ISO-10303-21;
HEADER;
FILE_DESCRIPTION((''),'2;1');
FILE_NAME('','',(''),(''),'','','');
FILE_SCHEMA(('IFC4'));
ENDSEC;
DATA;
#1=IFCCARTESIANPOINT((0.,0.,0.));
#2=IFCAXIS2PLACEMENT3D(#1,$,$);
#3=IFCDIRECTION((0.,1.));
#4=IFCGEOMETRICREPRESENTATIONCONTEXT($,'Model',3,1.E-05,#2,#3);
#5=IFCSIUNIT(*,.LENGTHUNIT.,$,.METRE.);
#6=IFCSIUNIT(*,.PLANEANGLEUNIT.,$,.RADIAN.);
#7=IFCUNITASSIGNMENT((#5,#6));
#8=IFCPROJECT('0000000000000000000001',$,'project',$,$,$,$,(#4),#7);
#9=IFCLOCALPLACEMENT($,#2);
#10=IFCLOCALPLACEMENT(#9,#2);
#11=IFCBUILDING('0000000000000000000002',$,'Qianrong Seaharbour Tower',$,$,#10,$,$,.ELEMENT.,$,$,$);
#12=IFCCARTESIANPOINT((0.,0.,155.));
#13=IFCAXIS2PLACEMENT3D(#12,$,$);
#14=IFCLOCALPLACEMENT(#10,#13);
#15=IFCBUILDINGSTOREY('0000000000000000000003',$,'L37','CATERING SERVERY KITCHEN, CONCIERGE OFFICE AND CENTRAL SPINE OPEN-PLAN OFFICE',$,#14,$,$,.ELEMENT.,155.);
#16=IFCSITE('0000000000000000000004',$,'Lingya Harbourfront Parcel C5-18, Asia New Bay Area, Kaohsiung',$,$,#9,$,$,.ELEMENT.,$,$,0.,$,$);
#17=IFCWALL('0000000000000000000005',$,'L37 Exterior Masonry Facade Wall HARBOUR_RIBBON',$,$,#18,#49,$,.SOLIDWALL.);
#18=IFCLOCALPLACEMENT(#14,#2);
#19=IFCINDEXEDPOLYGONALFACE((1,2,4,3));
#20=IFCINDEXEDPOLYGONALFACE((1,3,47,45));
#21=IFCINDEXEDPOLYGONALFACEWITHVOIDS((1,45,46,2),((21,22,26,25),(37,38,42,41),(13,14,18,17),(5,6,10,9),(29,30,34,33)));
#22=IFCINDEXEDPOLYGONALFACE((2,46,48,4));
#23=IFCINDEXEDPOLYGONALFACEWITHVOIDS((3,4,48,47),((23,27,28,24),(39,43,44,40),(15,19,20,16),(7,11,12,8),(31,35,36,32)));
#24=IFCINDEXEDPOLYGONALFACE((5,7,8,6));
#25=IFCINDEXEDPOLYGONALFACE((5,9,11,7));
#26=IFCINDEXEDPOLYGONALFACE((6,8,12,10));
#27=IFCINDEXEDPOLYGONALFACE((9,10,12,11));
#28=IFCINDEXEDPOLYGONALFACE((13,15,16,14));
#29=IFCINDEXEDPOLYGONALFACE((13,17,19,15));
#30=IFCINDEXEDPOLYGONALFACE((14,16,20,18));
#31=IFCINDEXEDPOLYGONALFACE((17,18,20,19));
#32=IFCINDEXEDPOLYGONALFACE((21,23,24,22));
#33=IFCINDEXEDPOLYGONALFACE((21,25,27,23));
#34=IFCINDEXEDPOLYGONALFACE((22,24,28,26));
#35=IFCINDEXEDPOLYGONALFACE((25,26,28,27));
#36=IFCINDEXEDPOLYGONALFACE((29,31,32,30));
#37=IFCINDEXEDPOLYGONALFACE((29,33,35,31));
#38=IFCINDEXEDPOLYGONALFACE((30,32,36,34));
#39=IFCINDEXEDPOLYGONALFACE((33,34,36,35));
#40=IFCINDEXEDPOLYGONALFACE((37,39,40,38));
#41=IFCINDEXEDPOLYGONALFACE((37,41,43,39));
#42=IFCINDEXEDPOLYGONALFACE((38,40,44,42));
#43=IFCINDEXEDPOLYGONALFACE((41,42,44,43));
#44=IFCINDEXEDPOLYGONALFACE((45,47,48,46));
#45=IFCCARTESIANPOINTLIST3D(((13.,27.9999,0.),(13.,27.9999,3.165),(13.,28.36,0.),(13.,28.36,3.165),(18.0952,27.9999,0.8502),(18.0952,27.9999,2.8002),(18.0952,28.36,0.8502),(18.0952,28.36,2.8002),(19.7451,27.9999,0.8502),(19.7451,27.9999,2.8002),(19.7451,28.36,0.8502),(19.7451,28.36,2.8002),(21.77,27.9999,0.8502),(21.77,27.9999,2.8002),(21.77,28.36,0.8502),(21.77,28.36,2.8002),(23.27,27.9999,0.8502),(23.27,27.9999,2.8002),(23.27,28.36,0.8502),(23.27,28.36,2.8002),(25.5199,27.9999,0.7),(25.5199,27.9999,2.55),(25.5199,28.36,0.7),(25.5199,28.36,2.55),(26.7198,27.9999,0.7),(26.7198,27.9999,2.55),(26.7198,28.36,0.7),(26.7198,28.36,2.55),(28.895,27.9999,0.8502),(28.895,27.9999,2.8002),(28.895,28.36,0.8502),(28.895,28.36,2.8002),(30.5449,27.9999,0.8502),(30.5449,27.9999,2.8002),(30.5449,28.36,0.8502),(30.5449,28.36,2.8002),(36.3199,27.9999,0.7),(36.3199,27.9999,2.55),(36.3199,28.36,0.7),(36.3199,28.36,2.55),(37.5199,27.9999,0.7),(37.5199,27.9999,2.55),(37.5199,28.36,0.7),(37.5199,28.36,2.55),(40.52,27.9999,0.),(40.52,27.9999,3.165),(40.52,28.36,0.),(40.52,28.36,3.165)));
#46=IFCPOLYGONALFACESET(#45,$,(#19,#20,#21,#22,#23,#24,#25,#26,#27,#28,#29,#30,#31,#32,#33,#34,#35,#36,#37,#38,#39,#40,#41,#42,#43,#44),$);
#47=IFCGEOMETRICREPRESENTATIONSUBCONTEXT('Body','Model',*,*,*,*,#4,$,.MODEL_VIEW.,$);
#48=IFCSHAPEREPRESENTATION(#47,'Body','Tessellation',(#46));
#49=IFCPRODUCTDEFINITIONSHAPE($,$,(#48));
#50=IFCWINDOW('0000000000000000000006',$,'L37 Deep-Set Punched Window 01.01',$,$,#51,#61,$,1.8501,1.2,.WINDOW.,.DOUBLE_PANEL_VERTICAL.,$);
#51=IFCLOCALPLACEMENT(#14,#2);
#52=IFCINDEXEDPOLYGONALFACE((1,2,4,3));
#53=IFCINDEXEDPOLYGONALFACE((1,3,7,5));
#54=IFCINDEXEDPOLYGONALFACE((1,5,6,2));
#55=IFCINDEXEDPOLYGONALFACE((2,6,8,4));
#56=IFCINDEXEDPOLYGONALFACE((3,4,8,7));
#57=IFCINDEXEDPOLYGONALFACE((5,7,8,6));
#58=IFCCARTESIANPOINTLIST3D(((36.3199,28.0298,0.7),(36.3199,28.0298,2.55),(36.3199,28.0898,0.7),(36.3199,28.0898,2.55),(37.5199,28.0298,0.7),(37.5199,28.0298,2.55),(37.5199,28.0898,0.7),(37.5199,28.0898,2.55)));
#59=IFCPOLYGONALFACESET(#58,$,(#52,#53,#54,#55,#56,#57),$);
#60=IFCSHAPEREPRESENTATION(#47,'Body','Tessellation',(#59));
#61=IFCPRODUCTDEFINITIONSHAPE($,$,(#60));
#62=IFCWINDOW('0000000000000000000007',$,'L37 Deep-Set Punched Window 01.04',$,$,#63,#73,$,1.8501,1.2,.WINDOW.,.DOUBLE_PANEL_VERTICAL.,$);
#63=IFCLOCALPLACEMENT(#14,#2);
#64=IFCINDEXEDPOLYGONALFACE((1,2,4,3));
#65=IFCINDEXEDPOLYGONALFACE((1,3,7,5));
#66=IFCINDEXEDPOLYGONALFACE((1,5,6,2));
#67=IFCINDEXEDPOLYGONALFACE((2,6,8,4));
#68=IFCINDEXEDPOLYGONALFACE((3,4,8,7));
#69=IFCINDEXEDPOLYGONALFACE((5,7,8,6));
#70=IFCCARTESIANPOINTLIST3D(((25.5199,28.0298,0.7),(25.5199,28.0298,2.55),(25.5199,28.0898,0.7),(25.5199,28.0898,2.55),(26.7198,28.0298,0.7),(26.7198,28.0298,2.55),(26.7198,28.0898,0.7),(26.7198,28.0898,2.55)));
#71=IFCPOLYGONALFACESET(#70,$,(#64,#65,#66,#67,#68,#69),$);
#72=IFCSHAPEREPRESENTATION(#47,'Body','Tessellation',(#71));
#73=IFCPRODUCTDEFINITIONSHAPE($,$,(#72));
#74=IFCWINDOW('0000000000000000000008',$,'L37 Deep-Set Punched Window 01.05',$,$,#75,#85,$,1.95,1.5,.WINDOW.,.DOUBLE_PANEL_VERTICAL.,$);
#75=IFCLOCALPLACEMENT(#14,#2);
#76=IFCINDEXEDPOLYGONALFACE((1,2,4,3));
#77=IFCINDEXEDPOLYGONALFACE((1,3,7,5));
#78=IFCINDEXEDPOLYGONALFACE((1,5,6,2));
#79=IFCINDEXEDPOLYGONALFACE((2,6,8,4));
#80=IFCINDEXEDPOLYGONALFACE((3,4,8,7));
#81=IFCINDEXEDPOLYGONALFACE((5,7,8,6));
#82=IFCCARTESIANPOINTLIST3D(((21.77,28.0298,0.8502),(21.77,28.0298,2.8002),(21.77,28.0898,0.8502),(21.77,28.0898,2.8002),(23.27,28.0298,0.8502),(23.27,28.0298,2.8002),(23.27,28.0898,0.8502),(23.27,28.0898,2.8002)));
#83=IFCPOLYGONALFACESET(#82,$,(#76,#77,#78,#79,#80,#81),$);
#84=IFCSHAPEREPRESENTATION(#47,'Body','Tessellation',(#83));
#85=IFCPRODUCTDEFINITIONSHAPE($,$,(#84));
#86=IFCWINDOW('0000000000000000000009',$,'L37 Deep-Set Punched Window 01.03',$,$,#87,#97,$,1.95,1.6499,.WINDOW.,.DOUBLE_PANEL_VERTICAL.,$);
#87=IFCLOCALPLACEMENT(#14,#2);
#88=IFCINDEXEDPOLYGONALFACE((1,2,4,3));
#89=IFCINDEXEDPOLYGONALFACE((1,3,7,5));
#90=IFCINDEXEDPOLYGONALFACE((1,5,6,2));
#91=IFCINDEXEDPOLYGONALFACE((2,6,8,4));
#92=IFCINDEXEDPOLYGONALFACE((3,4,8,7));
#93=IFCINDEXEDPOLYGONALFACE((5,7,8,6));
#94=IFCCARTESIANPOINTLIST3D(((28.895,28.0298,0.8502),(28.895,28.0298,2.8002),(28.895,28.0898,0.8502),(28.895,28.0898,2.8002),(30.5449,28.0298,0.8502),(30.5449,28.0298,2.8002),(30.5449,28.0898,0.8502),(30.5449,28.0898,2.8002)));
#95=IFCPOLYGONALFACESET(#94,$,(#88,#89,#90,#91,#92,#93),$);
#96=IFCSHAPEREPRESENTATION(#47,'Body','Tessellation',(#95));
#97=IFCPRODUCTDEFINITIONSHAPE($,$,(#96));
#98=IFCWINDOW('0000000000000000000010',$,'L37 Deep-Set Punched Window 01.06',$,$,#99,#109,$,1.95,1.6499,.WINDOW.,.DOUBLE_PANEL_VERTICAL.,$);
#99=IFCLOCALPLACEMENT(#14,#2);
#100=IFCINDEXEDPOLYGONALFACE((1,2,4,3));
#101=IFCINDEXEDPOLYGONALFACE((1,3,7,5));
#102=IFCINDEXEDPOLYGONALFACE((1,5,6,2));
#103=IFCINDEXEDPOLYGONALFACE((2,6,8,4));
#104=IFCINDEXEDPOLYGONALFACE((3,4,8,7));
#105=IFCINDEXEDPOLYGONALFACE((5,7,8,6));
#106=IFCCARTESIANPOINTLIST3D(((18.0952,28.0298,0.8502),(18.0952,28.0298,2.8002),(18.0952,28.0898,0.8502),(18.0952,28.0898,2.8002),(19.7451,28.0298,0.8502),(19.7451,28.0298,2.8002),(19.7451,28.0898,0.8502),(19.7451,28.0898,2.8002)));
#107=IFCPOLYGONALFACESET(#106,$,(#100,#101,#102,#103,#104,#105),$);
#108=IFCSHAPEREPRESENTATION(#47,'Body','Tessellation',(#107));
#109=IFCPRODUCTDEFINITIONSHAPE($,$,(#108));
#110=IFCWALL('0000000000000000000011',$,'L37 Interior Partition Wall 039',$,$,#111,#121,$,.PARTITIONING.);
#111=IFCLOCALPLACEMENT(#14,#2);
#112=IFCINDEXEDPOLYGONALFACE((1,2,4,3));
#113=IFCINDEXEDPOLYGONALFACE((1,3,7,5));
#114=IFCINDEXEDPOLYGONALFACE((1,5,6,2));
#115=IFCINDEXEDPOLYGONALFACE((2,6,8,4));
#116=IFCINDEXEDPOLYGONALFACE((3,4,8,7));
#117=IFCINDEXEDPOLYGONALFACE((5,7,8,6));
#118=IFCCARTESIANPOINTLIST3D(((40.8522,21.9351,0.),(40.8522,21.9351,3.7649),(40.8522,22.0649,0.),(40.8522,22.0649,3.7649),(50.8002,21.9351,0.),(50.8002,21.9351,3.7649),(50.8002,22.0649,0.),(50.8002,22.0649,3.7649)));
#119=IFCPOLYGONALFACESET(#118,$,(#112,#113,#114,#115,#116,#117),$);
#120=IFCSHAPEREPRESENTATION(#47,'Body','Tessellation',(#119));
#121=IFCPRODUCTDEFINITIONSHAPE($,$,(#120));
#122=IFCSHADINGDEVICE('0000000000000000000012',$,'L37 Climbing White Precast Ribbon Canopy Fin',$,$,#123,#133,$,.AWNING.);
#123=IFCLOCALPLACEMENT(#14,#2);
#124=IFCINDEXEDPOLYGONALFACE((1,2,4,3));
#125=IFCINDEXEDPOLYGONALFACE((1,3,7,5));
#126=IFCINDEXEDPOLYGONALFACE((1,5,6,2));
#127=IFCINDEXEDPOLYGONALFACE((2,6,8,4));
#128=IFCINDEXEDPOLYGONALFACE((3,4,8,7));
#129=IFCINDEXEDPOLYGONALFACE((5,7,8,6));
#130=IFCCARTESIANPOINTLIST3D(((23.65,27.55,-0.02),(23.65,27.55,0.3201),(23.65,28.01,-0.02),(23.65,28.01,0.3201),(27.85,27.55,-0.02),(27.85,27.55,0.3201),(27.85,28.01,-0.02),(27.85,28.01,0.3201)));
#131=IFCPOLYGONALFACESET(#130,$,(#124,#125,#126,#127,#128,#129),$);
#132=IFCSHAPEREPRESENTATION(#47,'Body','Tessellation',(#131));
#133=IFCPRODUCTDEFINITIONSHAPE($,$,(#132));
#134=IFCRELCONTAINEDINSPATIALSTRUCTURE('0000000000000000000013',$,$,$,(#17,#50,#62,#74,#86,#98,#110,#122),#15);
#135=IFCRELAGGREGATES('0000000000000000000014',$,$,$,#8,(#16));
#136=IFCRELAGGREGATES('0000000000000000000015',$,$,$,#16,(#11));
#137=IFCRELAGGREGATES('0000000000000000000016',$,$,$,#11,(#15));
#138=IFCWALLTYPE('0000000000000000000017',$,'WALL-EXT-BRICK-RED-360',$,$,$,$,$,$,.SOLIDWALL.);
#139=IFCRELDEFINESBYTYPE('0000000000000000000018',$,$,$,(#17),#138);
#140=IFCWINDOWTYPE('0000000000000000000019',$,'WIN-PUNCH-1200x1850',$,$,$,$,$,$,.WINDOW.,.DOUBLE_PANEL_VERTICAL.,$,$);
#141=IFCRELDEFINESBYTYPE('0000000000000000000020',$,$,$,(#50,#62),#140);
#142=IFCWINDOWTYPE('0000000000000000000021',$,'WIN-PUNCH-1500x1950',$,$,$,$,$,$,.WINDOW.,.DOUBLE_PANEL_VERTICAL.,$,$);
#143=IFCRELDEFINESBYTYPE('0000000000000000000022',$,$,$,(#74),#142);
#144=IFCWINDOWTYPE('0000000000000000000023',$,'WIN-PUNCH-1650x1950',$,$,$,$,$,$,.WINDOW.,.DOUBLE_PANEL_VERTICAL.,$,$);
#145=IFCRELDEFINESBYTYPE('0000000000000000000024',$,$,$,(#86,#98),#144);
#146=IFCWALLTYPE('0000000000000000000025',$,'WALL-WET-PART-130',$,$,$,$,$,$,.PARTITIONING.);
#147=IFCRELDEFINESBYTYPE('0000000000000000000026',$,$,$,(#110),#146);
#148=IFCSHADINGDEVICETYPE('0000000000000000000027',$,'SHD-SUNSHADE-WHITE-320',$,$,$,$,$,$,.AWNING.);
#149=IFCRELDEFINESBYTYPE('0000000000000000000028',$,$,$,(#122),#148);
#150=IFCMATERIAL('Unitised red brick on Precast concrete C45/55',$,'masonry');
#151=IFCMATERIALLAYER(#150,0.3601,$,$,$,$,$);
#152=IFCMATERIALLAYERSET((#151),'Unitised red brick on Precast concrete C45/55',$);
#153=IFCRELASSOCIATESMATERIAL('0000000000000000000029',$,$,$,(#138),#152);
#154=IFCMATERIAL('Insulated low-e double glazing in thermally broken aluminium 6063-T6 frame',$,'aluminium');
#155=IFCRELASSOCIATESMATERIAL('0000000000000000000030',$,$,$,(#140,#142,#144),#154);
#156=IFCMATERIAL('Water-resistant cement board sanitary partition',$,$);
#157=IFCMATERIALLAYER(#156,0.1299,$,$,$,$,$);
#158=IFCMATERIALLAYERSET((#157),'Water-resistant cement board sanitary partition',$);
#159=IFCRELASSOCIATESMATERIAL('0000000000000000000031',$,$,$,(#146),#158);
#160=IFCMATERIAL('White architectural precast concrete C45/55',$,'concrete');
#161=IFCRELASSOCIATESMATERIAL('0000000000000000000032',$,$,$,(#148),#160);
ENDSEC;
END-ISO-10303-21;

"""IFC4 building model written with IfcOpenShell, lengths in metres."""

from ifc_helpers import new_model, si_unit, direction, frame, frame_2d, origin, origin_2d, place, context, subcontext, project, spatial, rectangle, extrude, material, layer, layer_set, type_object, element, fill, save


model = new_model("IFC4")

# Units and contexts
model_context = context("Model", 3, precision=1e-05, world=origin(), true_north=direction((0.0, 1.0)))
body_context = subcontext(model_context, "Body", "Model", "MODEL_VIEW")
ifc_project = project(units=[si_unit("LENGTHUNIT", "METRE"), si_unit("PLANEANGLEUNIT", "RADIAN")], contexts=[model_context])

# Site, building, storey
site_placement = place(None, origin())
site = spatial("IfcSite", under=ifc_project, at=site_placement, Name="Lingya Harbourfront Parcel C5-18, Asia New Bay Area, Kaohsiung", CompositionType="ELEMENT", RefElevation=0.0)
building_placement = place(site_placement, origin())
building = spatial("IfcBuilding", under=site, at=building_placement, Name="Qianrong Seaharbour Tower", CompositionType="ELEMENT")
storey_placement = place(building_placement, frame((0.0, 0.0, 155.0)))
storey = spatial("IfcBuildingStorey", under=building, at=storey_placement, Name="L37", Description="CATERING SERVERY KITCHEN, CONCIERGE OFFICE AND CENTRAL SPINE OPEN-PLAN OFFICE", CompositionType="ELEMENT", Elevation=155.0)

# Shared definitions
ifc_material_1 = material(Name="Unitised red brick on Precast concrete C45/55", Category="masonry")
ifc_layer_1 = layer(ifc_material_1, 0.3601)
ifc_layer_set_1 = layer_set([ifc_layer_1], Name="Unitised red brick on Precast concrete C45/55")
wall_type_1 = type_object("IfcWallType", Name="WALL-EXT-BRICK-RED-360", PredefinedType="SOLIDWALL", material=ifc_layer_set_1)

# Wall, openings, windows
wall_1_placement = place(storey_placement, frame((40.52, 28.1799, 0.0), z_axis=(0.0, 0.0, 1.0), x_axis=(-1.0, 0.0, 0.0)))
wall_1 = element("IfcWall", 1, at=wall_1_placement, inside=storey, type_object=wall_type_1, Name="L37 Exterior Masonry Facade Wall HARBOUR_RIBBON", PredefinedType="SOLIDWALL", context=body_context, shape_type="SweptSolid", body=[
    extrude(rectangle(XDim=27.52, YDim=0.3601, at=frame_2d((13.76, 0.0))), origin(), (0.0, 0.0, 1.0), 3.165),
])
opening_1_placement = place(wall_1_placement, frame((3.0, 0.0, 0.7)))
opening_1 = element("IfcOpeningElement", 2, at=opening_1_placement, cuts=wall_1, PredefinedType="OPENING", context=body_context, shape_type="SweptSolid", body=[
    extrude(rectangle(XDim=1.2, YDim=1.8501, at=frame_2d((0.6001, 0.925))), frame((0.0, 0.1899, 0.0), z_axis=(0.0, -1.0, 0.0), x_axis=(1.0, 0.0, 0.0)), (0.0, 0.0, 1.0), 0.3801),
])
opening_2_placement = place(wall_1_placement, frame((9.9751, 0.0, 0.8501)))
opening_2 = element("IfcOpeningElement", 3, at=opening_2_placement, cuts=wall_1, PredefinedType="OPENING", context=body_context, shape_type="SweptSolid", body=[
    extrude(rectangle(XDim=1.6499, YDim=1.95, at=frame_2d((0.825, 0.9751))), frame((0.0, 0.1899, 0.0), z_axis=(0.0, -1.0, 0.0), x_axis=(1.0, 0.0, 0.0)), (0.0, 0.0, 1.0), 0.3801),
])
opening_3_placement = place(wall_1_placement, frame((13.8, 0.0, 0.7)))
opening_3 = element("IfcOpeningElement", 4, at=opening_3_placement, cuts=wall_1, PredefinedType="OPENING", context=body_context, shape_type="SweptSolid", body=[
    extrude(rectangle(XDim=1.2, YDim=1.8501, at=frame_2d((0.6001, 0.925))), frame((0.0, 0.1899, 0.0), z_axis=(0.0, -1.0, 0.0), x_axis=(1.0, 0.0, 0.0)), (0.0, 0.0, 1.0), 0.3801),
])
opening_4_placement = place(wall_1_placement, frame((17.25, 0.0, 0.8501)))
opening_4 = element("IfcOpeningElement", 5, at=opening_4_placement, cuts=wall_1, PredefinedType="OPENING", context=body_context, shape_type="SweptSolid", body=[
    extrude(rectangle(XDim=1.5, YDim=1.95, at=frame_2d((0.75, 0.9751))), frame((0.0, 0.1899, 0.0), z_axis=(0.0, -1.0, 0.0), x_axis=(1.0, 0.0, 0.0)), (0.0, 0.0, 1.0), 0.3801),
])
opening_5_placement = place(wall_1_placement, frame((20.7749, 0.0, 0.8501)))
opening_5 = element("IfcOpeningElement", 6, at=opening_5_placement, cuts=wall_1, PredefinedType="OPENING", context=body_context, shape_type="SweptSolid", body=[
    extrude(rectangle(XDim=1.6499, YDim=1.95, at=frame_2d((0.825, 0.9751))), frame((0.0, 0.1899, 0.0), z_axis=(0.0, -1.0, 0.0), x_axis=(1.0, 0.0, 0.0)), (0.0, 0.0, 1.0), 0.3801),
])
ifc_material_2 = material(Name="Insulated low-e double glazing in thermally broken aluminium 6063-T6 frame", Category="aluminium")
window_type_1 = type_object("IfcWindowType", Name="WIN-PUNCH-1200x1850", PartitioningType="DOUBLE_PANEL_VERTICAL", PredefinedType="WINDOW", material=ifc_material_2)
window_1_placement = place(opening_1_placement, origin())
window_1 = element("IfcWindow", 7, at=window_1_placement, inside=storey, type_object=window_type_1, Name="L37 Deep-Set Punched Window 01.01", OverallHeight=1.8501, OverallWidth=1.2, PartitioningType="DOUBLE_PANEL_VERTICAL", PredefinedType="WINDOW", context=body_context, shape_type="SweptSolid", body=[
    extrude(rectangle(XDim=1.2, YDim=1.8501, at=frame_2d((0.6001, 0.925))), frame((0.0, 0.1501, 0.0), z_axis=(0.0, -1.0, 0.0), x_axis=(1.0, 0.0, 0.0)), (0.0, 0.0, 1.0), 0.0601),
])
fill(opening_1, window_1)
window_2_placement = place(opening_3_placement, origin())
window_2 = element("IfcWindow", 8, at=window_2_placement, inside=storey, type_object=window_type_1, Name="L37 Deep-Set Punched Window 01.04", OverallHeight=1.8501, OverallWidth=1.2, PartitioningType="DOUBLE_PANEL_VERTICAL", PredefinedType="WINDOW", context=body_context, shape_type="SweptSolid", body=[
    extrude(rectangle(XDim=1.2, YDim=1.8501, at=frame_2d((0.6001, 0.925))), frame((0.0, 0.1501, 0.0), z_axis=(0.0, -1.0, 0.0), x_axis=(1.0, 0.0, 0.0)), (0.0, 0.0, 1.0), 0.0601),
])
fill(opening_3, window_2)
window_type_2 = type_object("IfcWindowType", Name="WIN-PUNCH-1500x1950", PartitioningType="DOUBLE_PANEL_VERTICAL", PredefinedType="WINDOW", material=ifc_material_2)
window_3_placement = place(opening_4_placement, origin())
window_3 = element("IfcWindow", 9, at=window_3_placement, inside=storey, type_object=window_type_2, Name="L37 Deep-Set Punched Window 01.05", OverallHeight=1.95, OverallWidth=1.5, PartitioningType="DOUBLE_PANEL_VERTICAL", PredefinedType="WINDOW", context=body_context, shape_type="SweptSolid", body=[
    extrude(rectangle(XDim=1.5, YDim=1.95, at=frame_2d((0.75, 0.9751))), frame((0.0, 0.1501, 0.0), z_axis=(0.0, -1.0, 0.0), x_axis=(1.0, 0.0, 0.0)), (0.0, 0.0, 1.0), 0.0601),
])
fill(opening_4, window_3)
window_type_3 = type_object("IfcWindowType", Name="WIN-PUNCH-1650x1950", PartitioningType="DOUBLE_PANEL_VERTICAL", PredefinedType="WINDOW", material=ifc_material_2)
window_4_placement = place(opening_2_placement, origin())
window_4 = element("IfcWindow", 10, at=window_4_placement, inside=storey, type_object=window_type_3, Name="L37 Deep-Set Punched Window 01.03", OverallHeight=1.95, OverallWidth=1.6499, PartitioningType="DOUBLE_PANEL_VERTICAL", PredefinedType="WINDOW", context=body_context, shape_type="SweptSolid", body=[
    extrude(rectangle(XDim=1.6499, YDim=1.95, at=frame_2d((0.825, 0.9751))), frame((0.0, 0.1501, 0.0), z_axis=(0.0, -1.0, 0.0), x_axis=(1.0, 0.0, 0.0)), (0.0, 0.0, 1.0), 0.0601),
])
fill(opening_2, window_4)
window_5_placement = place(opening_5_placement, origin())
window_5 = element("IfcWindow", 11, at=window_5_placement, inside=storey, type_object=window_type_3, Name="L37 Deep-Set Punched Window 01.06", OverallHeight=1.95, OverallWidth=1.6499, PartitioningType="DOUBLE_PANEL_VERTICAL", PredefinedType="WINDOW", context=body_context, shape_type="SweptSolid", body=[
    extrude(rectangle(XDim=1.6499, YDim=1.95, at=frame_2d((0.825, 0.9751))), frame((0.0, 0.1501, 0.0), z_axis=(0.0, -1.0, 0.0), x_axis=(1.0, 0.0, 0.0)), (0.0, 0.0, 1.0), 0.0601),
])
fill(opening_5, window_5)

# Wall
ifc_material_3 = material(Name="Water-resistant cement board sanitary partition")
ifc_layer_2 = layer(ifc_material_3, 0.1299)
ifc_layer_set_2 = layer_set([ifc_layer_2], Name="Water-resistant cement board sanitary partition")
wall_type_2 = type_object("IfcWallType", Name="WALL-WET-PART-130", PredefinedType="PARTITIONING", material=ifc_layer_set_2)
wall_2_placement = place(storey_placement, frame((40.8521, 22.0, 0.0), z_axis=(0.0, 0.0, 1.0), x_axis=(1.0, 0.0, 0.0)))
element("IfcWall", 12, at=wall_2_placement, inside=storey, type_object=wall_type_2, Name="L37 Interior Partition Wall 039", PredefinedType="PARTITIONING", context=body_context, shape_type="SweptSolid", body=[
    extrude(rectangle(XDim=9.948, YDim=0.1299, at=frame_2d((4.9741, 0.0))), origin(), (0.0, 0.0, 1.0), 3.7649),
])

# Shading device
ifc_material_4 = material(Name="White architectural precast concrete C45/55", Category="concrete")
shading_device_type = type_object("IfcShadingDeviceType", Name="SHD-SUNSHADE-WHITE-320", PredefinedType="AWNING", material=ifc_material_4)
shading_device_placement = place(storey_placement, frame((25.75, 27.78, -0.02), z_axis=(0.0, 0.0, 1.0), x_axis=(1.0, 0.0, 0.0)))
element("IfcShadingDevice", 13, at=shading_device_placement, inside=storey, type_object=shading_device_type, Name="L37 Climbing White Precast Ribbon Canopy Fin", PredefinedType="AWNING", context=body_context, shape_type="SweptSolid", body=[
    extrude(rectangle(XDim=4.2, YDim=0.46, at=origin_2d()), origin(), (0.0, 0.0, 1.0), 0.3401),
])

save(model, "model.ifc")
